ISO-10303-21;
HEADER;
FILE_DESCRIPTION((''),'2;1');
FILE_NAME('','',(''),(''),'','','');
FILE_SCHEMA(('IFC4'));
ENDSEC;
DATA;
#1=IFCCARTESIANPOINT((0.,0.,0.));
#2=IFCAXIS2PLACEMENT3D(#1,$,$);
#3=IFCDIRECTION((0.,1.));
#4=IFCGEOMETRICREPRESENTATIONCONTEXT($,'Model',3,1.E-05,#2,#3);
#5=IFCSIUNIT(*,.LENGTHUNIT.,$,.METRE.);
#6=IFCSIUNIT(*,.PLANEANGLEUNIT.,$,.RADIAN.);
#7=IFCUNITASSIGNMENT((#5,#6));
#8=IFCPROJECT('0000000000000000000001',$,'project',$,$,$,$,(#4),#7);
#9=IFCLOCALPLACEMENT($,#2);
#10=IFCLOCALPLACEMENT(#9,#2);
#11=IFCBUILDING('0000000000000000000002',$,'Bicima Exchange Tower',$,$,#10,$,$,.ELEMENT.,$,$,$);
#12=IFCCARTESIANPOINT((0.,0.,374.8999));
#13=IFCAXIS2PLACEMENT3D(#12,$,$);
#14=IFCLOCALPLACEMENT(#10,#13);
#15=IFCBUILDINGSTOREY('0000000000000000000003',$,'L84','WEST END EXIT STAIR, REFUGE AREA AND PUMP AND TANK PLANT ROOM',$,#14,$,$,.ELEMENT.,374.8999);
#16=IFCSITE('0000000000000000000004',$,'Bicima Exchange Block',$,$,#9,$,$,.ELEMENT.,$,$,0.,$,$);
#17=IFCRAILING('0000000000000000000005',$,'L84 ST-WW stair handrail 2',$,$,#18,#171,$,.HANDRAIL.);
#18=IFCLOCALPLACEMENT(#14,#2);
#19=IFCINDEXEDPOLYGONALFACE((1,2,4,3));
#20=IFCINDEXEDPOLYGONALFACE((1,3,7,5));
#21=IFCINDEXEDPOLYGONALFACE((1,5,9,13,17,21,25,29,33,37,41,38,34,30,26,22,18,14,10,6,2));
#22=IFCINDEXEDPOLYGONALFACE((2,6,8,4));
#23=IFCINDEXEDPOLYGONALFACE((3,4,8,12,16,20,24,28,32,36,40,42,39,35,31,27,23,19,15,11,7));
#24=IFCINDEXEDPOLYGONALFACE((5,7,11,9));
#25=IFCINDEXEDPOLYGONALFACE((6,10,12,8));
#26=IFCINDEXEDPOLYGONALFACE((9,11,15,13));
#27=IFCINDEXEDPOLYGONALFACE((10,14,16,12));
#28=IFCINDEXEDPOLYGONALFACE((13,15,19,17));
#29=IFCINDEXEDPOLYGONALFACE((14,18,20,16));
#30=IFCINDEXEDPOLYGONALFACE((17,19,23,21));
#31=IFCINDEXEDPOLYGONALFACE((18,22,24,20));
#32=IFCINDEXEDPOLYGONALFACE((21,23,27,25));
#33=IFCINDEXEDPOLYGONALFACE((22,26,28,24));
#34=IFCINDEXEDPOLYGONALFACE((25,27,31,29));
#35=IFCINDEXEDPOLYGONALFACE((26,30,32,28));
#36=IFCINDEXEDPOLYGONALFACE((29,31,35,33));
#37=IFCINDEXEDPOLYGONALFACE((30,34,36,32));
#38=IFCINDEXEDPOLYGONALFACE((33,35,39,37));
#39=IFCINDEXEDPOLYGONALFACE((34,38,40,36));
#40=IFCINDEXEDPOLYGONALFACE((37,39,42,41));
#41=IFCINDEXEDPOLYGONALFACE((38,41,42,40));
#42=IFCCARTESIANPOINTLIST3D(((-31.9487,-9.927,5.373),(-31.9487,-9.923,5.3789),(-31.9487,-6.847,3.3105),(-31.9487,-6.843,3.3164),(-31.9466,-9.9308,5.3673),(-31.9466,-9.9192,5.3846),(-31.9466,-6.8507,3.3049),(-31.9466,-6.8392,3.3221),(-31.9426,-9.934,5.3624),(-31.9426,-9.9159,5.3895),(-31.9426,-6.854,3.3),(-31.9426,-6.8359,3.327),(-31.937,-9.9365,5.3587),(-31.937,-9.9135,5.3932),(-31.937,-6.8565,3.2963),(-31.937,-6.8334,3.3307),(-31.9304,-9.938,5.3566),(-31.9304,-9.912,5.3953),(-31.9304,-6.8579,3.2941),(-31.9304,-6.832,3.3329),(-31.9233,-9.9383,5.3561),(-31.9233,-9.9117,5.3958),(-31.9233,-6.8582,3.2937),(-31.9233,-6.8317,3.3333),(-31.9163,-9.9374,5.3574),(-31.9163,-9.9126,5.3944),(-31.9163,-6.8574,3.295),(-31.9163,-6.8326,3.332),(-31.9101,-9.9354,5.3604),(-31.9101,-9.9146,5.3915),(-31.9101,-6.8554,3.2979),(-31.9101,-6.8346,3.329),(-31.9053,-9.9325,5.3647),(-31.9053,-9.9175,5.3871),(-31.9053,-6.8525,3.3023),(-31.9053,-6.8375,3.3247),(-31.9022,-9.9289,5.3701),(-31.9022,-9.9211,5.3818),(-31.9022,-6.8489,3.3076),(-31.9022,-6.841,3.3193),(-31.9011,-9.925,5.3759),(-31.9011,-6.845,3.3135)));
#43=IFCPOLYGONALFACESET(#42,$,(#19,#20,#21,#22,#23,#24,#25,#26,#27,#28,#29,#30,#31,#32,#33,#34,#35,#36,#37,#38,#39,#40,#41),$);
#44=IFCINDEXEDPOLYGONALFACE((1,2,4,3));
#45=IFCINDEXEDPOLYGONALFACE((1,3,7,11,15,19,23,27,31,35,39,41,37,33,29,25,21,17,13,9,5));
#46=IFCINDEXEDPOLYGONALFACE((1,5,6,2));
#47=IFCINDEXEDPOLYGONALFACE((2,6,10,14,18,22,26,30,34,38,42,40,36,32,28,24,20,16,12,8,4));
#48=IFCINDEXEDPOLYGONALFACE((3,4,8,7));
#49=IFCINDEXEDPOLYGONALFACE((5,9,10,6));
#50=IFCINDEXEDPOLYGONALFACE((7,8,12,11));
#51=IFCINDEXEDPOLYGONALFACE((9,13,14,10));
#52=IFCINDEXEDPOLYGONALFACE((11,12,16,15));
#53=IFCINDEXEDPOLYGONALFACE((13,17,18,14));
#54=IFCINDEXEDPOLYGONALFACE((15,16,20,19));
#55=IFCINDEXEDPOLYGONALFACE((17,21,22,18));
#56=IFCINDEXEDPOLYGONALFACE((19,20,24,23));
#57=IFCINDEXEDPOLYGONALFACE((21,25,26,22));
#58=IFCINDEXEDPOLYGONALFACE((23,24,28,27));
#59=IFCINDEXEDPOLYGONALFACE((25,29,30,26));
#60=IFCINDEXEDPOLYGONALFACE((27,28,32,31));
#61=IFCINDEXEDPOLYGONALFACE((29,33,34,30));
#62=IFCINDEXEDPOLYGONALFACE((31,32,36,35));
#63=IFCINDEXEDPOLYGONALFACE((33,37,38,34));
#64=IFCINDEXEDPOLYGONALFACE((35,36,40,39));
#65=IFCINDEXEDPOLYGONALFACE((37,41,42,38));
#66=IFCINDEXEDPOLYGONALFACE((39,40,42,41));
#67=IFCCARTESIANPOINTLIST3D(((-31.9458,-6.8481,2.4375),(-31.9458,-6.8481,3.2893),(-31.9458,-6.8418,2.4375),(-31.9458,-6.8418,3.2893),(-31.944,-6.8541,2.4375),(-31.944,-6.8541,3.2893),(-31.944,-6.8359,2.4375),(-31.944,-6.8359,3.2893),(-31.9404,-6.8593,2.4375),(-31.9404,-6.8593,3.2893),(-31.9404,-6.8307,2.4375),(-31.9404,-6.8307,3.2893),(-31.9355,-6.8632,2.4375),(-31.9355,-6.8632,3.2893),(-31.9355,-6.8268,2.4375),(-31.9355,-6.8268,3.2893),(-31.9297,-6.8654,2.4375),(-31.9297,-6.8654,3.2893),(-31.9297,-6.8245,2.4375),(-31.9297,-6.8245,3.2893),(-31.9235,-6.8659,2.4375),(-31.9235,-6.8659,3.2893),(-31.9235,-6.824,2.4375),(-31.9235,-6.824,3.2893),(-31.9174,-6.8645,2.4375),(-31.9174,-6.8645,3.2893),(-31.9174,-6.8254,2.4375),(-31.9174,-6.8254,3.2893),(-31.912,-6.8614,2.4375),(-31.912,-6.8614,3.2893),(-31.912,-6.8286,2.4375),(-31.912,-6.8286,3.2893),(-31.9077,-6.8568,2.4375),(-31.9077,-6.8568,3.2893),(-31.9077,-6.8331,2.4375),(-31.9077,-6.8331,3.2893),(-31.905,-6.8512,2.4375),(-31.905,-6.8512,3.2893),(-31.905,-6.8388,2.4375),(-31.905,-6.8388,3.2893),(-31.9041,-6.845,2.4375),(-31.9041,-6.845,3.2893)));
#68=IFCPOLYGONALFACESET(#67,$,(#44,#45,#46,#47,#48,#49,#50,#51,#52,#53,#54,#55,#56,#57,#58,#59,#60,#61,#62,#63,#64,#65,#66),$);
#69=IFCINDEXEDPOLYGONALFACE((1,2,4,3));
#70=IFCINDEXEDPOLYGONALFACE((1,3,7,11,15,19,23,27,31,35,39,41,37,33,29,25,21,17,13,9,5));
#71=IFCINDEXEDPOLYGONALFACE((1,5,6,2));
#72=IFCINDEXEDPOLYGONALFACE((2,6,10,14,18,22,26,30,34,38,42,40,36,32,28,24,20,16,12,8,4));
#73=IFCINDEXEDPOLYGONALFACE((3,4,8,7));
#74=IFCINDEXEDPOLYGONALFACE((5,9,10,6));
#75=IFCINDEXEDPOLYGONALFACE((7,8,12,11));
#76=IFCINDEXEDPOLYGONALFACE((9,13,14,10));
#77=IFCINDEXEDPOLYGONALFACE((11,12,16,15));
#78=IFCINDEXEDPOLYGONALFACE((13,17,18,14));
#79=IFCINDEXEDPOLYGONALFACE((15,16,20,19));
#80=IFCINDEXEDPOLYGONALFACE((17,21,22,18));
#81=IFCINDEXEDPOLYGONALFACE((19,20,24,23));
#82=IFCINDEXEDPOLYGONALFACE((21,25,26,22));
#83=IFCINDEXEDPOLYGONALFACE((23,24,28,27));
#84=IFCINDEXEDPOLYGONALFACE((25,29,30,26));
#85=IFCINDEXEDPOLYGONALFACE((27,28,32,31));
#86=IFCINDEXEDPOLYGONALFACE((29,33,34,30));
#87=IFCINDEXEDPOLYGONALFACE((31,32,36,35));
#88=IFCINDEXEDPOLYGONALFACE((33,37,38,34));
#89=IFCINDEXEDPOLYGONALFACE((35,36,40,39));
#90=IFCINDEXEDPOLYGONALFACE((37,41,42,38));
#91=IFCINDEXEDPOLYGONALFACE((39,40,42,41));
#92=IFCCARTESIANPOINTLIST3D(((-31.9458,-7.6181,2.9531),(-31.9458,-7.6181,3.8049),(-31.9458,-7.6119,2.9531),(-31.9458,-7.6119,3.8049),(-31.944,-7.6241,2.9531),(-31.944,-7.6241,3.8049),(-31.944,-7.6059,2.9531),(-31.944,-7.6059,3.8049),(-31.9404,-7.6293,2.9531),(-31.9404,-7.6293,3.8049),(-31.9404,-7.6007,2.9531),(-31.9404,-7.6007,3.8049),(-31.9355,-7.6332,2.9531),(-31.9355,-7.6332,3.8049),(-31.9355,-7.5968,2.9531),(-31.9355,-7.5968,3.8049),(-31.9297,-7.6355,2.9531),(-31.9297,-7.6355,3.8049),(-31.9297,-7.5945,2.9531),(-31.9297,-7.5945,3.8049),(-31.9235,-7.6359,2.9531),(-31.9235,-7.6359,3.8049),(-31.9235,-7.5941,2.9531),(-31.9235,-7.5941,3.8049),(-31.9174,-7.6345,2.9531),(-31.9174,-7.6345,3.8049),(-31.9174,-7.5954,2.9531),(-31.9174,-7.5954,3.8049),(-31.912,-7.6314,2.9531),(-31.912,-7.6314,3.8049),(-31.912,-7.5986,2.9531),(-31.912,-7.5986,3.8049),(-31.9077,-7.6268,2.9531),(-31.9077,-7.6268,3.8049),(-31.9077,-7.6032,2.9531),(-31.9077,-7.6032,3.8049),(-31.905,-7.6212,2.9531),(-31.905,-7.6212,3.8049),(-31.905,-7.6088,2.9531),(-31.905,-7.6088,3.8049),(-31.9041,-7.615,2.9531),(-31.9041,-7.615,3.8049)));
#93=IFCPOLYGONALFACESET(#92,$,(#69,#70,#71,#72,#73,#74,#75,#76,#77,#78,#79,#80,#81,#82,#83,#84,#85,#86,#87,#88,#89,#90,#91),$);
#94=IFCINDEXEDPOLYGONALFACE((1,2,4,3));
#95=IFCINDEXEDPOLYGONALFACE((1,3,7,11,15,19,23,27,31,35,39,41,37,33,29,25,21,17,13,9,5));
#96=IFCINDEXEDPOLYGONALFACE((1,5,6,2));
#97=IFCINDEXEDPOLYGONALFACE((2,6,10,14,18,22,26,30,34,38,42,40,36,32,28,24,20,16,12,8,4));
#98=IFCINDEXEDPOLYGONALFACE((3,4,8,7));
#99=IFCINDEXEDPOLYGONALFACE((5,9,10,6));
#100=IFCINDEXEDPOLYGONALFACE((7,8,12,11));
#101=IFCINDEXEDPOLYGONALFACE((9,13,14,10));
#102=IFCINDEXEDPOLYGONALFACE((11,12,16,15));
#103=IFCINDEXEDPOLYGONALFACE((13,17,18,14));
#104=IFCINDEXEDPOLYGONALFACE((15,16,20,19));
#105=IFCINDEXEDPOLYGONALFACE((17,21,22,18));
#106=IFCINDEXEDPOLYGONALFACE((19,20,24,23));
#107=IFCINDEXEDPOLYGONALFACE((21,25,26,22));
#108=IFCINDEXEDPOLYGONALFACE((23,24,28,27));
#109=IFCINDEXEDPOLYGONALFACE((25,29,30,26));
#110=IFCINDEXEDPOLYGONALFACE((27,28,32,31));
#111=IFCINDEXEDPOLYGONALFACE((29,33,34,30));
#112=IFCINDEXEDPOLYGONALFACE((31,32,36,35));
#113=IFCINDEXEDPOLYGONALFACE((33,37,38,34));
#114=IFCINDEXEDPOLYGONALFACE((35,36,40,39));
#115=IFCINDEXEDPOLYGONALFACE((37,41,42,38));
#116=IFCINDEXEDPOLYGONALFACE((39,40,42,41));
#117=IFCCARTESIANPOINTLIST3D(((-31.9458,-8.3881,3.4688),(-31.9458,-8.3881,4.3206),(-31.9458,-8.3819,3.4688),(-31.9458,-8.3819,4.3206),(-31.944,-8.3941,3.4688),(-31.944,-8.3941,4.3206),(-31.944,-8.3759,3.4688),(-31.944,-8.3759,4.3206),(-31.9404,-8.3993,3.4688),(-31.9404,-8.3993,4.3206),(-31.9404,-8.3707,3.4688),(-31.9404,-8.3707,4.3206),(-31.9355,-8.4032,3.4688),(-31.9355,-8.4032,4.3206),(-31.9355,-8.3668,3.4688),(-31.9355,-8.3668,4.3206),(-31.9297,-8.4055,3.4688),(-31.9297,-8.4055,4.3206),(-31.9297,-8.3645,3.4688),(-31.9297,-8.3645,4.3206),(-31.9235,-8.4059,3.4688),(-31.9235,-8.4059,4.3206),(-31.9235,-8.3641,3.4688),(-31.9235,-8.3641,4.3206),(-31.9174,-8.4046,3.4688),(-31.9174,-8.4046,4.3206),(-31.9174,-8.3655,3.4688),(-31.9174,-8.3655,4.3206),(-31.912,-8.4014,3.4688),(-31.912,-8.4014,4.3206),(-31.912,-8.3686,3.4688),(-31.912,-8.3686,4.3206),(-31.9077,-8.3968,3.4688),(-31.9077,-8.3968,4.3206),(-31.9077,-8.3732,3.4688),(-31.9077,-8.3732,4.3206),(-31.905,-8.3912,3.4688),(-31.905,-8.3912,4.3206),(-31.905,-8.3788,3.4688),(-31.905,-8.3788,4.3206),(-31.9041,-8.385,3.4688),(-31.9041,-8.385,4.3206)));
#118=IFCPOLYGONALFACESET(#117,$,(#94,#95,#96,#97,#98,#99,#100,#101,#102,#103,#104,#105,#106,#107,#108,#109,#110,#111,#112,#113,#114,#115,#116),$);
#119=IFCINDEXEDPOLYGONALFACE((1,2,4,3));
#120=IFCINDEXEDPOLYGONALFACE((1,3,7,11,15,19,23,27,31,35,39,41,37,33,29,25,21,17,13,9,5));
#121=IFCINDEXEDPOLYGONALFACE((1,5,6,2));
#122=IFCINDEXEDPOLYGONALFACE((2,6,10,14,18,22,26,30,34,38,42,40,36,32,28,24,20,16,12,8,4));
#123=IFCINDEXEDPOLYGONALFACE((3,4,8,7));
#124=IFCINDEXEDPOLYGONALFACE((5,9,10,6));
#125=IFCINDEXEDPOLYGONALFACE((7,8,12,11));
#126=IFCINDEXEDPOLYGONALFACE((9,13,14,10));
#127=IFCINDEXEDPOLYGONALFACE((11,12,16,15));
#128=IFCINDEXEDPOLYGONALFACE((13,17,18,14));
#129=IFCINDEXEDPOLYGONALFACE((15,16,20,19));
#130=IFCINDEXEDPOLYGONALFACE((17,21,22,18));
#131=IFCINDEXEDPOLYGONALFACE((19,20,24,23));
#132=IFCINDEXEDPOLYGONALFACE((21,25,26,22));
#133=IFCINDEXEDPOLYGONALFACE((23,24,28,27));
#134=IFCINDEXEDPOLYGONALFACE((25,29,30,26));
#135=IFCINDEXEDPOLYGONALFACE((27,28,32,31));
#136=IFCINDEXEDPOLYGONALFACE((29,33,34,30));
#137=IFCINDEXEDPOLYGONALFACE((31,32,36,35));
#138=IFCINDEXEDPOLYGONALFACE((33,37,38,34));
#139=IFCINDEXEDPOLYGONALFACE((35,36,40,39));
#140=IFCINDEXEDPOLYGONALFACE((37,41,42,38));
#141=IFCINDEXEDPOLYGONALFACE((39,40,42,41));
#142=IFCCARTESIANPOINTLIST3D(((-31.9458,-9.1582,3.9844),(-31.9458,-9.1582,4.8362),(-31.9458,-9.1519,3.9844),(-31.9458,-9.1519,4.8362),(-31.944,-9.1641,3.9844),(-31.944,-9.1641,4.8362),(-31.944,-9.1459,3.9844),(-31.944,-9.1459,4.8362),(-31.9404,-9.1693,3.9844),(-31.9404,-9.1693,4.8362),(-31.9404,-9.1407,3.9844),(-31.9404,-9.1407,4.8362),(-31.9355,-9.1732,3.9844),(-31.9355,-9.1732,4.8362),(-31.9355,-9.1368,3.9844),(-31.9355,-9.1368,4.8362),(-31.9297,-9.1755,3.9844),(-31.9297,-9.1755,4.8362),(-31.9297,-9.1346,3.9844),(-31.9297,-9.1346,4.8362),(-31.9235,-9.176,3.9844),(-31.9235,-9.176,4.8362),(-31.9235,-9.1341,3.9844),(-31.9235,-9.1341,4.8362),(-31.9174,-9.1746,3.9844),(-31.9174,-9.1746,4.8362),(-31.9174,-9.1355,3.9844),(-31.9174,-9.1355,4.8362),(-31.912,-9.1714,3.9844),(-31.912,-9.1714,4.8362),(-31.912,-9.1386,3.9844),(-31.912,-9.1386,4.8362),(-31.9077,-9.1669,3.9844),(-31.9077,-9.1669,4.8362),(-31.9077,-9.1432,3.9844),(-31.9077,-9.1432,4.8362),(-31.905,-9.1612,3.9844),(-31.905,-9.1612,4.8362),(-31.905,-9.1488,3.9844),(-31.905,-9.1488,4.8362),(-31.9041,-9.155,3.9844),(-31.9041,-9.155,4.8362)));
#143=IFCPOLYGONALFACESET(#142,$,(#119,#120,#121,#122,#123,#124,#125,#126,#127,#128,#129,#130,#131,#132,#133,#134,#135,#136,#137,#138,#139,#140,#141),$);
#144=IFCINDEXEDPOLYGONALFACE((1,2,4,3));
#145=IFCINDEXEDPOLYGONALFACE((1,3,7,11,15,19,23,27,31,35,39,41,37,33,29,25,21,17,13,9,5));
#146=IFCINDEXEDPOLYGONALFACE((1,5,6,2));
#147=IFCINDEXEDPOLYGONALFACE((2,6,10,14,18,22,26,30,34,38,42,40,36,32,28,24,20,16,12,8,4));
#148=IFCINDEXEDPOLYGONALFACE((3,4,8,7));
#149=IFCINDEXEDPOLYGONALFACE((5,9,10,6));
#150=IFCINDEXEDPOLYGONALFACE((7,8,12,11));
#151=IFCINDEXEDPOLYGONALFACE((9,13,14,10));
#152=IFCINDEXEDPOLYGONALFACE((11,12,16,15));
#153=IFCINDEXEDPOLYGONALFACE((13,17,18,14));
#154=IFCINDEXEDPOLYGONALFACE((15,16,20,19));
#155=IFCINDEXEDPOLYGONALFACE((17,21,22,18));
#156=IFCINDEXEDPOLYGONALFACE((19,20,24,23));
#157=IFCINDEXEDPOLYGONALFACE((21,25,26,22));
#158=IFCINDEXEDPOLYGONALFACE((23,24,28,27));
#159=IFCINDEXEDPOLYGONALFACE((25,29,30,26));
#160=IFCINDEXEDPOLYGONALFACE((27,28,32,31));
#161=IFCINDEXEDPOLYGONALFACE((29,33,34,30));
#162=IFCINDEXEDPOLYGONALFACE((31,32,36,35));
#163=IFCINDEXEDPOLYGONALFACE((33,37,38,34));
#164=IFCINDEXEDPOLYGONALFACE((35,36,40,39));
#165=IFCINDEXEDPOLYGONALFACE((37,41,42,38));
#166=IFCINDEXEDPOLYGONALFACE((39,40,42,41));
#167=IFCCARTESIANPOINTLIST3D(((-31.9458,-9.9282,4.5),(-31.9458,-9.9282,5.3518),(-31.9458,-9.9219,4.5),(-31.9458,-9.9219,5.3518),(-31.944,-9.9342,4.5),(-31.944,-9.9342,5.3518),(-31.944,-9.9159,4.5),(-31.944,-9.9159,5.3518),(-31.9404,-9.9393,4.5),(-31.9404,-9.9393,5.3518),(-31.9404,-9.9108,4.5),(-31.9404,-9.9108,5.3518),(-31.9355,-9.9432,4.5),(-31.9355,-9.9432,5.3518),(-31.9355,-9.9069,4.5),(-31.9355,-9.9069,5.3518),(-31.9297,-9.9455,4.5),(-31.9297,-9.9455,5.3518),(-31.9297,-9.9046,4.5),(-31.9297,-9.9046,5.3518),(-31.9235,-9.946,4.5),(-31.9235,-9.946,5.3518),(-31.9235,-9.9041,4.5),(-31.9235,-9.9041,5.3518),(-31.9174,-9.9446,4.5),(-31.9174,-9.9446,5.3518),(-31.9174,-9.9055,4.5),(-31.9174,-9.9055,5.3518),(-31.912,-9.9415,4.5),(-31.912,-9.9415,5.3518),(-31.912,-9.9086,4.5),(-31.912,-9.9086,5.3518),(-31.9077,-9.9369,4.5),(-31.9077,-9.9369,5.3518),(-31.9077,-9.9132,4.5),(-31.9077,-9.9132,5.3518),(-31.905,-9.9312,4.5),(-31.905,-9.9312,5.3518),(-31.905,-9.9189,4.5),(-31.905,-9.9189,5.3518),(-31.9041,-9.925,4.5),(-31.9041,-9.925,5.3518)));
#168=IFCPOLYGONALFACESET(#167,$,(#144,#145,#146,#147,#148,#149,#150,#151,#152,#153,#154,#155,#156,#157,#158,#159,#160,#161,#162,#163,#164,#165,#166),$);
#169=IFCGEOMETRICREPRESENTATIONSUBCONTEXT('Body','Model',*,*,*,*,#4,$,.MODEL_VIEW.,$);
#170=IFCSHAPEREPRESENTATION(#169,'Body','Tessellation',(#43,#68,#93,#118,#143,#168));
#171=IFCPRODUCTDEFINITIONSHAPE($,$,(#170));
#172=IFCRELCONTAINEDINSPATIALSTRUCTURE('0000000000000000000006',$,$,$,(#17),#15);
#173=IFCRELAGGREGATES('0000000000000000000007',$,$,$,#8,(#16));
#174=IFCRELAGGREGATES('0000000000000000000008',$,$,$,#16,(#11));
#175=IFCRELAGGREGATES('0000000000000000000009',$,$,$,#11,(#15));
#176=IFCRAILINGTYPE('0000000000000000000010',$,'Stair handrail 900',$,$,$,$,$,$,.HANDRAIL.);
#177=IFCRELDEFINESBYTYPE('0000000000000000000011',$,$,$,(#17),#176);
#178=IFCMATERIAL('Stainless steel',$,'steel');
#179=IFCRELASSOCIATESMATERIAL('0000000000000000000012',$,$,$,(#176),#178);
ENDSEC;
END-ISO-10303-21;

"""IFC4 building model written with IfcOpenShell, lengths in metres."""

from ifc_helpers import new_model, si_unit, direction, frame, origin, origin_2d, place, context, subcontext, project, spatial, circle, extrude, material, type_object, element, save


model = new_model("IFC4")

# Units and contexts
model_context = context("Model", 3, precision=1e-05, world=origin(), true_north=direction((0.0, 1.0)))
body_context = subcontext(model_context, "Body", "Model", "MODEL_VIEW")
ifc_project = project(units=[si_unit("LENGTHUNIT", "METRE"), si_unit("PLANEANGLEUNIT", "RADIAN")], contexts=[model_context])

# Site, building, storey
site_placement = place(None, origin())
site = spatial("IfcSite", under=ifc_project, at=site_placement, Name="Bicima Exchange Block", CompositionType="ELEMENT", RefElevation=0.0)
building_placement = place(site_placement, origin())
building = spatial("IfcBuilding", under=site, at=building_placement, Name="Bicima Exchange Tower", CompositionType="ELEMENT")
storey_placement = place(building_placement, frame((0.0, 0.0, 374.8999)))
storey = spatial("IfcBuildingStorey", under=building, at=storey_placement, Name="L84", Description="WEST END EXIT STAIR, REFUGE AREA AND PUMP AND TANK PLANT ROOM", CompositionType="ELEMENT", Elevation=374.8999)

# Railing
ifc_material_1 = material(Name="Stainless steel", Category="steel")
railing_type_1 = type_object("IfcRailingType", Name="Stair handrail 900", PredefinedType="HANDRAIL", material=ifc_material_1)
railing_1_placement = place(storey_placement, frame((-31.925, -6.845, 2.4375)))
element("IfcRailing", 1, at=railing_1_placement, inside=storey, type_object=railing_type_1, Name="L84 ST-WW stair handrail 2", PredefinedType="HANDRAIL", context=body_context, shape_type="SweptSolid", body=[
    extrude(circle(Radius=0.0239, at=origin_2d()), frame((0.0, 0.0, 0.876), z_axis=(0.0, -0.830914, 0.556401), x_axis=(1.0, 0.0, 0.0)), (0.0, 0.0, 1.0), 3.7068),
    extrude(circle(Radius=0.021, at=origin_2d()), origin(), (0.0, 0.0, 1.0), 0.8518),
    extrude(circle(Radius=0.021, at=origin_2d()), frame((0.0, -0.77, 0.5156)), (0.0, 0.0, 1.0), 0.8518),
    extrude(circle(Radius=0.021, at=origin_2d()), frame((0.0, -1.54, 1.0312)), (0.0, 0.0, 1.0), 0.8518),
    extrude(circle(Radius=0.021, at=origin_2d()), frame((0.0, -2.3101, 1.5469)), (0.0, 0.0, 1.0), 0.8518),
    extrude(circle(Radius=0.021, at=origin_2d()), frame((0.0, -3.0801, 2.0625)), (0.0, 0.0, 1.0), 0.8518),
])

save(model, "model.ifc")
